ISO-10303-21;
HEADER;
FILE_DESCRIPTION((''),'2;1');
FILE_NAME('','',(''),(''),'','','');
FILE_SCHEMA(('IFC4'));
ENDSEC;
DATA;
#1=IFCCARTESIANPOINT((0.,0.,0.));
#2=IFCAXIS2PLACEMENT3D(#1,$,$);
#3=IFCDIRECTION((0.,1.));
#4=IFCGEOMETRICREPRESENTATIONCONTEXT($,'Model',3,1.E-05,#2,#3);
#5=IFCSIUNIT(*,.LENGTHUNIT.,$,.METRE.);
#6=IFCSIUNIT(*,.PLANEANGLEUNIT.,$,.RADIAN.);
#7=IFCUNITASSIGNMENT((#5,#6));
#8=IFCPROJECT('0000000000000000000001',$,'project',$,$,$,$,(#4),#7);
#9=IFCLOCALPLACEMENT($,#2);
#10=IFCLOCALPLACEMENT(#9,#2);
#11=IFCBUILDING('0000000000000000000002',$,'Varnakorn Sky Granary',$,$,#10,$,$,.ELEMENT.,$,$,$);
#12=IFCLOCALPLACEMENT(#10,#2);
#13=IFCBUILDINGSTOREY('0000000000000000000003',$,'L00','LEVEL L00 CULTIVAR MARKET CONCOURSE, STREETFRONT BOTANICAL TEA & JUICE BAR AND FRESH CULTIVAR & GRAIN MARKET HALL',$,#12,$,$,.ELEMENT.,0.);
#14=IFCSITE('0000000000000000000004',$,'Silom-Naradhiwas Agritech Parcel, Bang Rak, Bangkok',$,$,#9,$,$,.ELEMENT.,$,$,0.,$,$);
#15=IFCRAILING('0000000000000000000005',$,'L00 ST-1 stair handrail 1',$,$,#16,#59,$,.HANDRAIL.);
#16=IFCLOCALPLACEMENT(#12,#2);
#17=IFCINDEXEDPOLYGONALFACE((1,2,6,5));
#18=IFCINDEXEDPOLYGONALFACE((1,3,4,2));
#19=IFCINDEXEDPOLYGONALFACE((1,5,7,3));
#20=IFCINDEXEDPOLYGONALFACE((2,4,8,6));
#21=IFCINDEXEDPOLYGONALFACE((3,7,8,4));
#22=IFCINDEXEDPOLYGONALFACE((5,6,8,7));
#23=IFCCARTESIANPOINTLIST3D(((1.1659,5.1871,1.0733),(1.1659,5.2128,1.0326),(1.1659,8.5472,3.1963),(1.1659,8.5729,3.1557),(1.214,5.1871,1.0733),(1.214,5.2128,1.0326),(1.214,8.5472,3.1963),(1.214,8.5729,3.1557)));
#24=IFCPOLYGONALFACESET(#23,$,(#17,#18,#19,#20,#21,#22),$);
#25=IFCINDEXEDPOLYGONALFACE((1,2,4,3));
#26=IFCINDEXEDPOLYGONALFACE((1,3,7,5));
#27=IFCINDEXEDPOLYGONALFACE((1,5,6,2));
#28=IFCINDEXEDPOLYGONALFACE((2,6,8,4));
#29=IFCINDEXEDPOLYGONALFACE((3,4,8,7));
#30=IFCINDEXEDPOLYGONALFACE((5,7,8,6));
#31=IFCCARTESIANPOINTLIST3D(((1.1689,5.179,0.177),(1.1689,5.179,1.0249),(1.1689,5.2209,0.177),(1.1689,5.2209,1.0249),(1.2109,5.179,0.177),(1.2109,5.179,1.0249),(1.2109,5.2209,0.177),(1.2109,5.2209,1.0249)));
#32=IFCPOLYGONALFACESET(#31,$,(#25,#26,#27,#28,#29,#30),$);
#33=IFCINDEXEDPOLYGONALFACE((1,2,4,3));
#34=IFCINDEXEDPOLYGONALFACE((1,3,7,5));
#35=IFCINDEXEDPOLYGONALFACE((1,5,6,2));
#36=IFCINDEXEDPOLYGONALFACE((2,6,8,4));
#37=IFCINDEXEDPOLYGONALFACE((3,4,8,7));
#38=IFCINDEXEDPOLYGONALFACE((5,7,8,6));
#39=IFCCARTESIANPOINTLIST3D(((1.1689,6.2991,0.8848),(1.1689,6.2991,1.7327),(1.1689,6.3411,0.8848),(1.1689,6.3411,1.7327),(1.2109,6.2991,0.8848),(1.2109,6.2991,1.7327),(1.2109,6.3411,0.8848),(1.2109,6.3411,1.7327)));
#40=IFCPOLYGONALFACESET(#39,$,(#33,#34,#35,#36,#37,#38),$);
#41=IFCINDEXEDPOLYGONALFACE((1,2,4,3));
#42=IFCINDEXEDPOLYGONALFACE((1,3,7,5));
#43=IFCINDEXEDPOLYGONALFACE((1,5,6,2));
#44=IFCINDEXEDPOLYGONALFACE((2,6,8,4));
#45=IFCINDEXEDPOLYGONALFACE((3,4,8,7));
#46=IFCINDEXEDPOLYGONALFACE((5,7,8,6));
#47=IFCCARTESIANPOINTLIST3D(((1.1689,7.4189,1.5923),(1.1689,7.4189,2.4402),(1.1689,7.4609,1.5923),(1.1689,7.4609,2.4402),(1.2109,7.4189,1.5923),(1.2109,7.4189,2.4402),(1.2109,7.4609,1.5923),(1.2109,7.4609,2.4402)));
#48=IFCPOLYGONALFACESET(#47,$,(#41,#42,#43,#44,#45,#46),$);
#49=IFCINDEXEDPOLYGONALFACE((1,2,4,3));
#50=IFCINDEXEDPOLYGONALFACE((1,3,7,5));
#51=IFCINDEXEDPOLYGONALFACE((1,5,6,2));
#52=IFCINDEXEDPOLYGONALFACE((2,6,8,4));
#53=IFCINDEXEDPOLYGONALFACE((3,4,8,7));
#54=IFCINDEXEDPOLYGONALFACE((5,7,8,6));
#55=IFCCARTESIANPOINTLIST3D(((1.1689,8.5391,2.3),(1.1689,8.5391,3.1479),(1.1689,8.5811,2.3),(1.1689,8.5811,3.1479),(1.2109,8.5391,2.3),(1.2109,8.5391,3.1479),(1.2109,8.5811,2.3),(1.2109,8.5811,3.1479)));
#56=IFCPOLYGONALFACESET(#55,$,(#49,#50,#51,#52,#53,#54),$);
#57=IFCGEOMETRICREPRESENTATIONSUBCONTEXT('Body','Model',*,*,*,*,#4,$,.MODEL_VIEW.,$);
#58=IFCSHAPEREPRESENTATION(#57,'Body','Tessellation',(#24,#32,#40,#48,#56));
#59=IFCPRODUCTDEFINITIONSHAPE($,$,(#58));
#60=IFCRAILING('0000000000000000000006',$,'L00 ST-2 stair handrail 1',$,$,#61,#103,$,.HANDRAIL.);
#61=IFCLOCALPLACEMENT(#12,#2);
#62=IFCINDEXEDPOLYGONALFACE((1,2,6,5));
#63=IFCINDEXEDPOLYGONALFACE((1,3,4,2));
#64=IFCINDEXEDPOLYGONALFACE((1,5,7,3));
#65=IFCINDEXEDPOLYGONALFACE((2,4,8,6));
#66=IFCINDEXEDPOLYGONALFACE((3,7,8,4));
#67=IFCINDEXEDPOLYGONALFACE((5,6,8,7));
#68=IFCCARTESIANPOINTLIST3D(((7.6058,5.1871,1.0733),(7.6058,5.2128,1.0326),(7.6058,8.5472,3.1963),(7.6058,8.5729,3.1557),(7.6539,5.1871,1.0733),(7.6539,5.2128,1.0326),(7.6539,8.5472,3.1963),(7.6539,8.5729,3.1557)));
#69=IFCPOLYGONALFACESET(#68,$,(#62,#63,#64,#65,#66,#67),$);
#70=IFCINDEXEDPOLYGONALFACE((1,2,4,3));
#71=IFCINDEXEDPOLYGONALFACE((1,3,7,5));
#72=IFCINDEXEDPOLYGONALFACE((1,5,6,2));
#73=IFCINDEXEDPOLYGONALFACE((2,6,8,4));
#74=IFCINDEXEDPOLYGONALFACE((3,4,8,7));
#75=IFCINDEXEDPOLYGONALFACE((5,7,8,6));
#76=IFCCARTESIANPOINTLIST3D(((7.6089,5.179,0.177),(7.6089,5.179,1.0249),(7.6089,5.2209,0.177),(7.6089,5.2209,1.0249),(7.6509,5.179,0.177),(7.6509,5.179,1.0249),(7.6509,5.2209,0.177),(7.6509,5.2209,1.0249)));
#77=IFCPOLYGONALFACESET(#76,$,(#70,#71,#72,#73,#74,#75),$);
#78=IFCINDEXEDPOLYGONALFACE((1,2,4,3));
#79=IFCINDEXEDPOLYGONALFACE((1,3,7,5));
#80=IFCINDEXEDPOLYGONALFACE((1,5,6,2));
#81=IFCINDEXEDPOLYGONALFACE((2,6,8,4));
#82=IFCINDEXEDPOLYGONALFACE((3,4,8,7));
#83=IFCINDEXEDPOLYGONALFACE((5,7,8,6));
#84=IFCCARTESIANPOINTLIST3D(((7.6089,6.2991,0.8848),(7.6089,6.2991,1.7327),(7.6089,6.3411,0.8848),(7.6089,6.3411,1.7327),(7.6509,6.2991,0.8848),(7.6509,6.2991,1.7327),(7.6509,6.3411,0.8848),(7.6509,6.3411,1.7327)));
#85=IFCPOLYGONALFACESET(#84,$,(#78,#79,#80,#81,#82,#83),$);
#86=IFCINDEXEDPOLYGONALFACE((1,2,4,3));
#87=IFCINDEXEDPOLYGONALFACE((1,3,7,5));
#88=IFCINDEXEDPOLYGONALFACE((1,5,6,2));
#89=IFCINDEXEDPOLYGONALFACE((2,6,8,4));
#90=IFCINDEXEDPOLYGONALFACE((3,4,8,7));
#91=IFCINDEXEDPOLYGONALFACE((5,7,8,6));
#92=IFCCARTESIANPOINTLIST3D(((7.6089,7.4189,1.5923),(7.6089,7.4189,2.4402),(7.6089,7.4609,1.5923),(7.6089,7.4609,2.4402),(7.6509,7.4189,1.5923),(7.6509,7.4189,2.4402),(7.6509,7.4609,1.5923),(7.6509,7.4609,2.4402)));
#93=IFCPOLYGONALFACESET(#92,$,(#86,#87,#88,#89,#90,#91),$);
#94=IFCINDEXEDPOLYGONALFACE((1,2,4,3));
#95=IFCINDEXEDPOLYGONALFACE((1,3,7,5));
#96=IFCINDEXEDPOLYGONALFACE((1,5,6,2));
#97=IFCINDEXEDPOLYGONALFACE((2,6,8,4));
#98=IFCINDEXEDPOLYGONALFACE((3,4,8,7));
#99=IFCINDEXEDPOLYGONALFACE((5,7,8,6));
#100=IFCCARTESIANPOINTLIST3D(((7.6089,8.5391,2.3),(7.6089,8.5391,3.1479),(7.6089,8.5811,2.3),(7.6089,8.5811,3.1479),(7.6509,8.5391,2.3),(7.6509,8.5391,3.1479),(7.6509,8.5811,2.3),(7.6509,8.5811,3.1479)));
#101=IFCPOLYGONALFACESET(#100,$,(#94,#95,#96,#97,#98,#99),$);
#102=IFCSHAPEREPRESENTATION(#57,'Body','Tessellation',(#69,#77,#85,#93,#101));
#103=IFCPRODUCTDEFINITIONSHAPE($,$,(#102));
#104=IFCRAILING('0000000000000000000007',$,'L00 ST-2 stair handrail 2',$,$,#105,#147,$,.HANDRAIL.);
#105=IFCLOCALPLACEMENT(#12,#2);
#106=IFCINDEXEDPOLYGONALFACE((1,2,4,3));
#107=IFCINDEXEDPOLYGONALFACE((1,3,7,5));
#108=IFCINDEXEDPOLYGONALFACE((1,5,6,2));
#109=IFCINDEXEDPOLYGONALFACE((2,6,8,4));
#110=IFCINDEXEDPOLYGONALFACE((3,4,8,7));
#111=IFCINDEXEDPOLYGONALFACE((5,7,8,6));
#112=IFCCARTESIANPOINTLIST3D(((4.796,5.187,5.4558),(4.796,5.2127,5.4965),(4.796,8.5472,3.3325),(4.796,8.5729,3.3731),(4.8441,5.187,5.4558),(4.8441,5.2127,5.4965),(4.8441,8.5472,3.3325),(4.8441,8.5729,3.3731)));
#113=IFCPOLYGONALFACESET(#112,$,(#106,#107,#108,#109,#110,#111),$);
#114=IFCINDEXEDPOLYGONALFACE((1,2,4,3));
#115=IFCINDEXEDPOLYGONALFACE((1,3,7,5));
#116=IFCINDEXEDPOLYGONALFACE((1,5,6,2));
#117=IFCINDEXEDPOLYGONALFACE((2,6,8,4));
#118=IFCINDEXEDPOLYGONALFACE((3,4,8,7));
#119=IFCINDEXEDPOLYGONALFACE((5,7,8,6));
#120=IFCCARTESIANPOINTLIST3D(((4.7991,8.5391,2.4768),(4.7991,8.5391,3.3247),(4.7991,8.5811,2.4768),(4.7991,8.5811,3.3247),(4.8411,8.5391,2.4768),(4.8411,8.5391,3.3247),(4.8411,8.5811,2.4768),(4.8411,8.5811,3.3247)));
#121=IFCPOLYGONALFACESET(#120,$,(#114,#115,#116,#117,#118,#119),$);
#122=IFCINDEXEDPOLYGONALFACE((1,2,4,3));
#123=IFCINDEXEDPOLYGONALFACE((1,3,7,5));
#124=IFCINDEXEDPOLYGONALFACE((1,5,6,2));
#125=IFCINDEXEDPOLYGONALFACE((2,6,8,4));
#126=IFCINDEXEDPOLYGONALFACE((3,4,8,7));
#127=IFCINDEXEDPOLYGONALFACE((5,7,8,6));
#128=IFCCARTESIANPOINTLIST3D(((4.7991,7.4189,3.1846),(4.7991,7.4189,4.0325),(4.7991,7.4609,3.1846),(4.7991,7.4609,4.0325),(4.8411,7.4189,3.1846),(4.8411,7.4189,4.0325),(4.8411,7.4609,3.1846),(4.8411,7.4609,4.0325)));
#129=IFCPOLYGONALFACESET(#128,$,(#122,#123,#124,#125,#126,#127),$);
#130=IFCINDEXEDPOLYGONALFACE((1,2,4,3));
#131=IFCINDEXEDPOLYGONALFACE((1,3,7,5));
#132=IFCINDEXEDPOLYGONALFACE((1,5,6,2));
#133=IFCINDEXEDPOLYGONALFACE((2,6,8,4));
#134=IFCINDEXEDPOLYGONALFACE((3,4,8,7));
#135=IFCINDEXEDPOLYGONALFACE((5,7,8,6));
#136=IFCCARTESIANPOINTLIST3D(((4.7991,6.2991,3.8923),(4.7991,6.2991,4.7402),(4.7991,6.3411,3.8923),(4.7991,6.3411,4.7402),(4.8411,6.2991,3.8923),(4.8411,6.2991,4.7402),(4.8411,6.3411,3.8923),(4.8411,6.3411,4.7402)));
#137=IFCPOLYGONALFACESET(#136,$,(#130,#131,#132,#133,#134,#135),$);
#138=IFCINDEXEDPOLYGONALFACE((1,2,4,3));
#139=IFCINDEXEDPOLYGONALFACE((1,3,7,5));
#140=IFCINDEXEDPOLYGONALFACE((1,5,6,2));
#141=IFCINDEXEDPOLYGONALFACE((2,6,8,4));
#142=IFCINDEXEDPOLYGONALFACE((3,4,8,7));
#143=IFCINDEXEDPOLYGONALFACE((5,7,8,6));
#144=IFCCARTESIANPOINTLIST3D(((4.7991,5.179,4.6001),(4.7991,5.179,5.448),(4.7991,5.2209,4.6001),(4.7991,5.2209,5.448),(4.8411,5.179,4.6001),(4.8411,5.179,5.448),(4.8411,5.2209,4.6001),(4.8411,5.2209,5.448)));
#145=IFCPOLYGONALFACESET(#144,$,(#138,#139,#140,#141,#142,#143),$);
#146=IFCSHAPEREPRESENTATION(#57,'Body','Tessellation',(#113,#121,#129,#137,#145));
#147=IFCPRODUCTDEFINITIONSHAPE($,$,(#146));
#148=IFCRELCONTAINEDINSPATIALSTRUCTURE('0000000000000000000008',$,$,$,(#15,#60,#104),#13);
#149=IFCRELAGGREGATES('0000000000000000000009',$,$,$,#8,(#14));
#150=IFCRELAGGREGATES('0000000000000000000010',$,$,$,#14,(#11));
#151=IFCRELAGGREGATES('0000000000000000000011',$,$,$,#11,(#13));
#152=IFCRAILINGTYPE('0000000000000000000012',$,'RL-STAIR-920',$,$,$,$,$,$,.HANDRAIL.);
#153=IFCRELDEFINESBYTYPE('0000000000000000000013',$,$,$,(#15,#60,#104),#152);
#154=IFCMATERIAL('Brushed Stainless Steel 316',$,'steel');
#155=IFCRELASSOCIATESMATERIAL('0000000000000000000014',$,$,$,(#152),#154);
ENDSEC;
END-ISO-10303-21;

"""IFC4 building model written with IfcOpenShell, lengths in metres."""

from ifc_helpers import new_model, si_unit, direction, frame, origin, origin_2d, place, context, subcontext, project, spatial, rectangle, extrude, material, type_object, element, save


model = new_model("IFC4")

# Units and contexts
model_context = context("Model", 3, precision=1e-05, world=origin(), true_north=direction((0.0, 1.0)))
body_context = subcontext(model_context, "Body", "Model", "MODEL_VIEW")
ifc_project = project(units=[si_unit("LENGTHUNIT", "METRE"), si_unit("PLANEANGLEUNIT", "RADIAN")], contexts=[model_context])

# Site, building, storey
site_placement = place(None, origin())
site = spatial("IfcSite", under=ifc_project, at=site_placement, Name="Silom-Naradhiwas Agritech Parcel, Bang Rak, Bangkok", CompositionType="ELEMENT", RefElevation=0.0)
building_placement = place(site_placement, origin())
building = spatial("IfcBuilding", under=site, at=building_placement, Name="Varnakorn Sky Granary", CompositionType="ELEMENT")
storey_placement = place(building_placement, origin())
storey = spatial("IfcBuildingStorey", under=building, at=storey_placement, Name="L00", Description="LEVEL L00 CULTIVAR MARKET CONCOURSE, STREETFRONT BOTANICAL TEA & JUICE BAR AND FRESH CULTIVAR & GRAIN MARKET HALL", CompositionType="ELEMENT", Elevation=0.0)

# Railings
ifc_material_1 = material(Name="Brushed Stainless Steel 316", Category="steel")
railing_type_1 = type_object("IfcRailingType", Name="RL-STAIR-920", PredefinedType="HANDRAIL", material=ifc_material_1)
for number, where, name in (
    (1, (1.1899, 5.2, 0.177), "L00 ST-1 stair handrail 1"),
    (2, (7.6299, 5.2, 0.177), "L00 ST-2 stair handrail 1"),
):
    element("IfcRailing", number, at=place(storey_placement, frame(where)), inside=storey, type_object=railing_type_1, Name=name, PredefinedType="HANDRAIL", context=body_context, shape_type="SweptSolid", body=[
        extrude(rectangle(XDim=0.0481, YDim=0.0481, at=origin_2d()), frame((0.0, 0.0, 0.876), z_axis=(0.0, 0.84539, 0.53415), x_axis=(-1.0, 0.0, 0.0)), (0.0, 0.0, 1.0), 3.9746),
        extrude(rectangle(XDim=0.042, YDim=0.042, at=origin_2d()), origin(), (0.0, 0.0, 1.0), 0.8479),
        extrude(rectangle(XDim=0.042, YDim=0.042, at=origin_2d()), frame((0.0, 1.1201, 0.7078)), (0.0, 0.0, 1.0), 0.8479),
        extrude(rectangle(XDim=0.042, YDim=0.042, at=origin_2d()), frame((0.0, 2.24, 1.4153)), (0.0, 0.0, 1.0), 0.8479),
        extrude(rectangle(XDim=0.042, YDim=0.042, at=origin_2d()), frame((0.0, 3.3601, 2.123)), (0.0, 0.0, 1.0), 0.8479),
    ])
railing_1_placement = place(storey_placement, frame((4.8201, 8.5601, 2.4768)))
element("IfcRailing", 3, at=railing_1_placement, inside=storey, type_object=railing_type_1, Name="L00 ST-2 stair handrail 2", PredefinedType="HANDRAIL", context=body_context, shape_type="SweptSolid", body=[
    extrude(rectangle(XDim=0.0481, YDim=0.0481, at=origin_2d()), frame((0.0, 0.0, 0.876), z_axis=(0.0, -0.845362, 0.534194), x_axis=(1.0, 0.0, 0.0)), (0.0, 0.0, 1.0), 3.9749),
    extrude(rectangle(XDim=0.042, YDim=0.042, at=origin_2d()), origin(), (0.0, 0.0, 1.0), 0.8479),
    extrude(rectangle(XDim=0.042, YDim=0.042, at=origin_2d()), frame((0.0, -1.1201, 0.7078)), (0.0, 0.0, 1.0), 0.8479),
    extrude(rectangle(XDim=0.042, YDim=0.042, at=origin_2d()), frame((0.0, -2.24, 1.4155)), (0.0, 0.0, 1.0), 0.8479),
    extrude(rectangle(XDim=0.042, YDim=0.042, at=origin_2d()), frame((0.0, -3.3601, 2.1233)), (0.0, 0.0, 1.0), 0.8479),
])

save(model, "model.ifc")
